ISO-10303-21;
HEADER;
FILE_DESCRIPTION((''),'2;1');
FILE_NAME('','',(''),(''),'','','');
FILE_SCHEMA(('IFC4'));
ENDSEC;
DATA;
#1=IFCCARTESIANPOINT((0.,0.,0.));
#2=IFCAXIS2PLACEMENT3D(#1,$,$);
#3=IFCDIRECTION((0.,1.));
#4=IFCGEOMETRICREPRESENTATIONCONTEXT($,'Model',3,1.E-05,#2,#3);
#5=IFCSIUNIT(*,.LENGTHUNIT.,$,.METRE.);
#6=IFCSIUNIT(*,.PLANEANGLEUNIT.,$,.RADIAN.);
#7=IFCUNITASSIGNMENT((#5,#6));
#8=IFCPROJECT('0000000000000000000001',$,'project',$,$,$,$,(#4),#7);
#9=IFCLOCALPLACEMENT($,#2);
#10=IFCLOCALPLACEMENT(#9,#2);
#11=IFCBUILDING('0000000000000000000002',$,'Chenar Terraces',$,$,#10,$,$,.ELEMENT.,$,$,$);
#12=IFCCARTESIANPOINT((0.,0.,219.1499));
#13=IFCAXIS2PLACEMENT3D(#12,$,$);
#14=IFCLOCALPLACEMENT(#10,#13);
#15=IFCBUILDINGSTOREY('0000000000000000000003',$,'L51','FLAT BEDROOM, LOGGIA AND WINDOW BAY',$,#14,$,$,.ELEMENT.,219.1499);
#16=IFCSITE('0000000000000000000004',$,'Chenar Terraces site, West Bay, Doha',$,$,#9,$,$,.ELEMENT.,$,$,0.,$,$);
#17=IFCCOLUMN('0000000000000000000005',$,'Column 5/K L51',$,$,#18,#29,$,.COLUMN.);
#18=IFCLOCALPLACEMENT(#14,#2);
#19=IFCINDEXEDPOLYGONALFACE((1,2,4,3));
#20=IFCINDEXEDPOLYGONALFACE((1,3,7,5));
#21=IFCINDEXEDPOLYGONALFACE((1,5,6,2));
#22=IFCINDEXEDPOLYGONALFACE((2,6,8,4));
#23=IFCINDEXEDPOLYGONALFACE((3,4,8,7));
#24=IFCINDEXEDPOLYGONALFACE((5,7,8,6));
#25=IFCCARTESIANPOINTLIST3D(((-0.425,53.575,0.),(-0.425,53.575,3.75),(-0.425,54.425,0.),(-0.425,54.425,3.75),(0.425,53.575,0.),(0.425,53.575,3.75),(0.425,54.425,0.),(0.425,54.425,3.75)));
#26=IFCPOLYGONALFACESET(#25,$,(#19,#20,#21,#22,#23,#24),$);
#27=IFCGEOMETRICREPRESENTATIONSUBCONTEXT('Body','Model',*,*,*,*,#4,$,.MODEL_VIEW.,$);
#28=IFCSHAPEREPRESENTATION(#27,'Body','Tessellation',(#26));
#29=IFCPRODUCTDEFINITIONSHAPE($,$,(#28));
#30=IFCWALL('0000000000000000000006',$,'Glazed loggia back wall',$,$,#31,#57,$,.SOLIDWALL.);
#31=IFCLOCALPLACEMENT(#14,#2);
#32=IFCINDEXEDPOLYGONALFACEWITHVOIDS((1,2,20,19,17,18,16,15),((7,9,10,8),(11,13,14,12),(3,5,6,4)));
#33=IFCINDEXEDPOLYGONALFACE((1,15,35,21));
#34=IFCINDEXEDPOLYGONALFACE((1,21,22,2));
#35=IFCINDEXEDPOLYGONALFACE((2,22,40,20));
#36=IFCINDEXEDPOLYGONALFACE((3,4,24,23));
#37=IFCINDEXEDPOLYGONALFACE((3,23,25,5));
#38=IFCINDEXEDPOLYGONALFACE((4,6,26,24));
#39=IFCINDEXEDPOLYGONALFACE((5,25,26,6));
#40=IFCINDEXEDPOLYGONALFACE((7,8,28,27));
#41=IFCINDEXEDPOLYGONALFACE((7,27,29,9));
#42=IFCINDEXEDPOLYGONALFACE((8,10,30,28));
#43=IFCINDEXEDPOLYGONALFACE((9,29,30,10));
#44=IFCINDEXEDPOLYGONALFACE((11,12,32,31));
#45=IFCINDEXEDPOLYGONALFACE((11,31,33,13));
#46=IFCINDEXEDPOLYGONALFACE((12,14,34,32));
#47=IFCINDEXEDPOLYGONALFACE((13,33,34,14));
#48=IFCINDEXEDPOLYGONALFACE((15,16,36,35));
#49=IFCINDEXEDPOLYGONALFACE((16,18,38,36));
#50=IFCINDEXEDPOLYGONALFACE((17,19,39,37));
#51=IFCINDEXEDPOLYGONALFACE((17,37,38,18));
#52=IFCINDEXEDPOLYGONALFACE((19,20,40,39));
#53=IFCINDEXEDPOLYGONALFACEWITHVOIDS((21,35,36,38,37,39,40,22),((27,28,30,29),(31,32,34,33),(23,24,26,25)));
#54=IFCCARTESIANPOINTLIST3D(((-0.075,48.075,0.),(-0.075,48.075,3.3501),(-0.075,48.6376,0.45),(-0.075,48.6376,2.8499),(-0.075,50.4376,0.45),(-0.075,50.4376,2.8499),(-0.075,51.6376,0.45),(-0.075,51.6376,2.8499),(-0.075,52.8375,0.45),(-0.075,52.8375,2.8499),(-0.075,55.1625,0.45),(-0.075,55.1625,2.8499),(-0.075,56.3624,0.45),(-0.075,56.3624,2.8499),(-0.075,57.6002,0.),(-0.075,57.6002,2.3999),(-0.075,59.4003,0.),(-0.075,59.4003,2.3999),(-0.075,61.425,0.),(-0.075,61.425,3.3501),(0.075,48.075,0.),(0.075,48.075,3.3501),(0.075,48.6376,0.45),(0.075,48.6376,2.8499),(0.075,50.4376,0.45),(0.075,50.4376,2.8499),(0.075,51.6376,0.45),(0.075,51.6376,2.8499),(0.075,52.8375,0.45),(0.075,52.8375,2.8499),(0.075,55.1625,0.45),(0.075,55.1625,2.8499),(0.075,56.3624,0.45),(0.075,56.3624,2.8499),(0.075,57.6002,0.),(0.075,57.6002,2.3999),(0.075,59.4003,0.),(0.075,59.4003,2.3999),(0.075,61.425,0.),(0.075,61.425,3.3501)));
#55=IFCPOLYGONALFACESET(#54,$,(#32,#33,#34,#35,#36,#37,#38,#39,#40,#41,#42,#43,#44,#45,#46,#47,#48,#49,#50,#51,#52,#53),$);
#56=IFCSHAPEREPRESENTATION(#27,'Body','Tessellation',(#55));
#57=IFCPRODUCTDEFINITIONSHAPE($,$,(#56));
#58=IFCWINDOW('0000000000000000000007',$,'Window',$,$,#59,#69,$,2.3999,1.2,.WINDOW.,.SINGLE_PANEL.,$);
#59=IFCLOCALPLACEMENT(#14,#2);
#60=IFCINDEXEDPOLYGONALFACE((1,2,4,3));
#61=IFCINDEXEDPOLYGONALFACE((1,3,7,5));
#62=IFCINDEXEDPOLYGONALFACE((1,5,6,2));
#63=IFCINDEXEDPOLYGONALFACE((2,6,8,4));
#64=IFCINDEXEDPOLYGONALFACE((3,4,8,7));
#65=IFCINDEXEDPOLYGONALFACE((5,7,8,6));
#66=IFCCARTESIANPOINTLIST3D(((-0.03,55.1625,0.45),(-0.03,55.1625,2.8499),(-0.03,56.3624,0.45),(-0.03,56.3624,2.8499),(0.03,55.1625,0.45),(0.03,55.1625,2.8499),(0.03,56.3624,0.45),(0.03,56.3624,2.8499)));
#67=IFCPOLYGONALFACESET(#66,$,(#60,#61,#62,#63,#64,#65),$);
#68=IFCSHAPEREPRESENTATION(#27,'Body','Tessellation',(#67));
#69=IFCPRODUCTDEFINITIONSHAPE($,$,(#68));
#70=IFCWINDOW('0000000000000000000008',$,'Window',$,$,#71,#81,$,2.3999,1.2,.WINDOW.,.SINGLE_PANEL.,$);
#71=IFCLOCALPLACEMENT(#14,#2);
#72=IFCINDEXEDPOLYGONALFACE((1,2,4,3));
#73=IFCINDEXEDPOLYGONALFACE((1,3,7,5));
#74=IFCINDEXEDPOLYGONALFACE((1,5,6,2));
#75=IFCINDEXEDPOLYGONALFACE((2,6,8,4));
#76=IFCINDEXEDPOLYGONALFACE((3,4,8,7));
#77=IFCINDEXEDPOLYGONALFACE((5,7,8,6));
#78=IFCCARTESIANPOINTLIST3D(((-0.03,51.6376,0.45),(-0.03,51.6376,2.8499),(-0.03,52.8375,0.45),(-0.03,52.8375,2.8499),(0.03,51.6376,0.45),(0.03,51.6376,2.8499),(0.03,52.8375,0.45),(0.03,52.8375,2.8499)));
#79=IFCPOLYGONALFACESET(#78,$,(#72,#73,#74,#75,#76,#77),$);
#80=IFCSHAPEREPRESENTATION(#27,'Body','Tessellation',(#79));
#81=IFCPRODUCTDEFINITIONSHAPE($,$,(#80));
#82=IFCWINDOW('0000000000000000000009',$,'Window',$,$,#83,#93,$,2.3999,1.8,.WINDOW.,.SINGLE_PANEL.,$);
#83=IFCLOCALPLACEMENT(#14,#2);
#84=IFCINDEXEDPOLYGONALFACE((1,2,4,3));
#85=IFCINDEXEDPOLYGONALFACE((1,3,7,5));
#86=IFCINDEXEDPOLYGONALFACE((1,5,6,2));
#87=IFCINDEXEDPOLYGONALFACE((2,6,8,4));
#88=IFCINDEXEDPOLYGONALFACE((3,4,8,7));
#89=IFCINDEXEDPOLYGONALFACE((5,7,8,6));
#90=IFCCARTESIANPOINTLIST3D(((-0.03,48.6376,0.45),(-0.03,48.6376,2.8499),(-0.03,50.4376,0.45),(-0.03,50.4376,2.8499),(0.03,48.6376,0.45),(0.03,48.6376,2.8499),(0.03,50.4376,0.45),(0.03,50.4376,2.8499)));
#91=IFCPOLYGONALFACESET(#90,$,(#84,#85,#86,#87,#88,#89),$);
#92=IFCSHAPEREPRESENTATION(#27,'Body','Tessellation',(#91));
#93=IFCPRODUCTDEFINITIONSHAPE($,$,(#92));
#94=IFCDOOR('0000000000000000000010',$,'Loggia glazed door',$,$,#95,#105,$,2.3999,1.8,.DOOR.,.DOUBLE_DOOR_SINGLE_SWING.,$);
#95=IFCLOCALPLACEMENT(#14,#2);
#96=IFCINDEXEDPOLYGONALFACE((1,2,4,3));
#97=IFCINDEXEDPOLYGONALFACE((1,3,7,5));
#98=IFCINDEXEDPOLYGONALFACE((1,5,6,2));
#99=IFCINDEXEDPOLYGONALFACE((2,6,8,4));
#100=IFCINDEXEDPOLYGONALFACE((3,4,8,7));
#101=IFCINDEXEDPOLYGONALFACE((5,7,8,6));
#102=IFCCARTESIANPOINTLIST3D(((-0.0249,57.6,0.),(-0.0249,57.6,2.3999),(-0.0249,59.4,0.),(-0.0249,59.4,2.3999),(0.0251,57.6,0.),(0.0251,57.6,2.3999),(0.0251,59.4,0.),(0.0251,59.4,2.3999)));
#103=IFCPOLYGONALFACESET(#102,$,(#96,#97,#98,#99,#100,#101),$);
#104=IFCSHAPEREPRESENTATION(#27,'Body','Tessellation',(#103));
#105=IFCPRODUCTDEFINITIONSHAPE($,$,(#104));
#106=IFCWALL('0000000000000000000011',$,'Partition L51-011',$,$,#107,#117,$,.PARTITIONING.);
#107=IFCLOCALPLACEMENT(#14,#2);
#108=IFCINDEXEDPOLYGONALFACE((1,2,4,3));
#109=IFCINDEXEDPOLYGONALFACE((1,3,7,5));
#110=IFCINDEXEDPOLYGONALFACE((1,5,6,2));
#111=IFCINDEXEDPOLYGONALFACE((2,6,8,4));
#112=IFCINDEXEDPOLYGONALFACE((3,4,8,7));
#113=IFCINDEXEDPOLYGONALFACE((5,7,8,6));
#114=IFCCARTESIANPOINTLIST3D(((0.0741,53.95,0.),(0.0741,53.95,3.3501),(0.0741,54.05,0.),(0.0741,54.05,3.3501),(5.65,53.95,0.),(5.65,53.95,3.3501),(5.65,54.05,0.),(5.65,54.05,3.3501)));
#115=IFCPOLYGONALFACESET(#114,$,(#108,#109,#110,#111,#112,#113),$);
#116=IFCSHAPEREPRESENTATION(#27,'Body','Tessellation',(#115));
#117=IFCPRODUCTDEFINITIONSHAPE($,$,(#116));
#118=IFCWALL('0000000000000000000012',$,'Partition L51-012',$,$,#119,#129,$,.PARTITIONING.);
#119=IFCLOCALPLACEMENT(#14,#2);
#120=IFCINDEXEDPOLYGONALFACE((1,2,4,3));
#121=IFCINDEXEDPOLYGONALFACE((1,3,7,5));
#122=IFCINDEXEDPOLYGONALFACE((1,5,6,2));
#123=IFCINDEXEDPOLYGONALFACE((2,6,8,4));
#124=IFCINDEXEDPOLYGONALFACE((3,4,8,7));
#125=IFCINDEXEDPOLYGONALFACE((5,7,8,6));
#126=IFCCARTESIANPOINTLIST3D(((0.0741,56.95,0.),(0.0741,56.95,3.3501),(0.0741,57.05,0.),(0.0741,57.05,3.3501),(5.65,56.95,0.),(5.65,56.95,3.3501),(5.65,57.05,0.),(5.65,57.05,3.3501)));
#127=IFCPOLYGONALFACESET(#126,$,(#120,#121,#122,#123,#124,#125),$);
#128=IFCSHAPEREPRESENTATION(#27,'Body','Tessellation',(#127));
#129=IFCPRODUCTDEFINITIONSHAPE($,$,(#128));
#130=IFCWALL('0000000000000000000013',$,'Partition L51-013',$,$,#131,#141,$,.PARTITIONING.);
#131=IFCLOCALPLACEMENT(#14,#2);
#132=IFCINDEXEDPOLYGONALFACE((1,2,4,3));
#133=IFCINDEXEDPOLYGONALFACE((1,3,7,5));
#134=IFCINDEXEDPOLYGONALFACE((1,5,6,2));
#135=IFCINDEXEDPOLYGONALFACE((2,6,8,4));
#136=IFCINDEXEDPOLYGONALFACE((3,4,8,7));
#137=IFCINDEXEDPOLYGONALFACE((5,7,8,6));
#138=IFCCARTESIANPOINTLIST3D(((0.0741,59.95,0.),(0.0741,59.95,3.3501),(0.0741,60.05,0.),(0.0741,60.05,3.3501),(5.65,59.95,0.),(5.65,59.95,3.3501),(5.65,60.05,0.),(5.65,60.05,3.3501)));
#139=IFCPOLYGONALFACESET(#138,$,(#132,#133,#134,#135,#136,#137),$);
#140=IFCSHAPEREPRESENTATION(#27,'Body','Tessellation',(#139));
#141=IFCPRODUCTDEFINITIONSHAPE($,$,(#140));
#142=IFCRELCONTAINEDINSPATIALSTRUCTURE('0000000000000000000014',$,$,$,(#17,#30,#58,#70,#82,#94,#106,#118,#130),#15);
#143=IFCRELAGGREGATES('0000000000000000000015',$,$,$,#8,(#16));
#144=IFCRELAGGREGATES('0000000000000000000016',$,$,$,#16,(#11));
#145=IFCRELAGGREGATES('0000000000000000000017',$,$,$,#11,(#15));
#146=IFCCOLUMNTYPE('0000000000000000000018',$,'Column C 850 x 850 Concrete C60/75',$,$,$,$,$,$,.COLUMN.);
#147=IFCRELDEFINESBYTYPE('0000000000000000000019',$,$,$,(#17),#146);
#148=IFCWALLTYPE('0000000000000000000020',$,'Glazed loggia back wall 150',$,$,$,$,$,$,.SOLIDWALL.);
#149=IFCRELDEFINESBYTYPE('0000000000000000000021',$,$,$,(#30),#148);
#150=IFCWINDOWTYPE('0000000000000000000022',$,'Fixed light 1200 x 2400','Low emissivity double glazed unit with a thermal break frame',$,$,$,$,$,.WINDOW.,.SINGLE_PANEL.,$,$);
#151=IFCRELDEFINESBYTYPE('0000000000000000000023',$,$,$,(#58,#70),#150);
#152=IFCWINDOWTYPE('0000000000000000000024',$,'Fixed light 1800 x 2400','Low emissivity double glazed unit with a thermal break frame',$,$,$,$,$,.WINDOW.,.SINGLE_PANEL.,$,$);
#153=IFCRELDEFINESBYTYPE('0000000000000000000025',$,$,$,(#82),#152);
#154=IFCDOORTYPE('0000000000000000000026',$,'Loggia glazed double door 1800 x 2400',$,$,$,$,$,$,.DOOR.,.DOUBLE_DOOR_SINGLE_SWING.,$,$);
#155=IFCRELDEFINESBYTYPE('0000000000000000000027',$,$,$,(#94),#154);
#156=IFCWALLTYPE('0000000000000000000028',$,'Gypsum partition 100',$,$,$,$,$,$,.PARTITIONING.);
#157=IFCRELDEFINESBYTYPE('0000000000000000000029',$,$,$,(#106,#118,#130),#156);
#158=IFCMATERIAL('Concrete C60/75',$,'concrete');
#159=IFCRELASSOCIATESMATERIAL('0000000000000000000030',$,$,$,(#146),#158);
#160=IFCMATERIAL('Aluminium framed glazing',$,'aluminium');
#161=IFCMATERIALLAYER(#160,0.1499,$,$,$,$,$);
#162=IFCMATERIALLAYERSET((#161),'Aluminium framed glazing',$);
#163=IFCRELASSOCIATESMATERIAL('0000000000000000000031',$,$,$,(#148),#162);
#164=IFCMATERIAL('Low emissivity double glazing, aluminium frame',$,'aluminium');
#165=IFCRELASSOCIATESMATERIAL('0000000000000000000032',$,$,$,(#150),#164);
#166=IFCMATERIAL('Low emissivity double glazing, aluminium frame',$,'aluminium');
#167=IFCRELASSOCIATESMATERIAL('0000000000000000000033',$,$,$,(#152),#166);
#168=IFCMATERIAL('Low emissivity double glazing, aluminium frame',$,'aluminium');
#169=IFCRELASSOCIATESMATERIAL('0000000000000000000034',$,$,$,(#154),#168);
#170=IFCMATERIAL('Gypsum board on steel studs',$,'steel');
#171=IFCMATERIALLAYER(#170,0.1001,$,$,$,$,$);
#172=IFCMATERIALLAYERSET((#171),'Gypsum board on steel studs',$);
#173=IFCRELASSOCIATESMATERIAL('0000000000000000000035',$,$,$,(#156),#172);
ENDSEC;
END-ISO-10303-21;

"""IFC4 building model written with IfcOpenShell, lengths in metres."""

from ifc_helpers import new_model, si_unit, direction, frame, frame_2d, origin, origin_2d, place, context, subcontext, project, spatial, rectangle, extrude, material, layer, layer_set, material_profile, profile_set, type_object, element, fill, save


model = new_model("IFC4")

# Units and contexts
model_context = context("Model", 3, precision=1e-05, world=origin(), true_north=direction((0.0, 1.0)))
body_context = subcontext(model_context, "Body", "Model", "MODEL_VIEW")
ifc_project = project(units=[si_unit("LENGTHUNIT", "METRE"), si_unit("PLANEANGLEUNIT", "RADIAN")], contexts=[model_context])

# Site, building, storey
site_placement = place(None, origin())
site = spatial("IfcSite", under=ifc_project, at=site_placement, Name="Chenar Terraces site, West Bay, Doha", CompositionType="ELEMENT", RefElevation=0.0)
building_placement = place(site_placement, origin())
building = spatial("IfcBuilding", under=site, at=building_placement, Name="Chenar Terraces", CompositionType="ELEMENT")
storey_placement = place(building_placement, frame((0.0, 0.0, 219.1499)))
storey = spatial("IfcBuildingStorey", under=building, at=storey_placement, Name="L51", Description="FLAT BEDROOM, LOGGIA AND WINDOW BAY", CompositionType="ELEMENT", Elevation=219.1499)

# Column
ifc_material_1 = material(Name="Concrete C60/75", Category="concrete")
ifc_material_profile_1 = material_profile(ifc_material_1, rectangle(XDim=0.8501, YDim=0.8501, at=origin_2d()), Name="C 850 x 850")
ifc_profile_set_1 = profile_set([ifc_material_profile_1], Name="Concrete C60/75")
column_type = type_object("IfcColumnType", Name="Column C 850 x 850 Concrete C60/75", PredefinedType="COLUMN", material=ifc_profile_set_1)
column_placement = place(storey_placement, frame((0.0, 54.0, 0.0), z_axis=(0.0, 0.0, 1.0), x_axis=(1.0, 0.0, 0.0)))
element("IfcColumn", 1, at=column_placement, inside=storey, type_object=column_type, Name="Column 5/K L51", PredefinedType="COLUMN", context=body_context, shape_type="SweptSolid", body=[
    extrude(rectangle(XDim=0.8501, YDim=0.8501, at=origin_2d()), origin(), (0.0, 0.0, 1.0), 3.75),
])

# Wall, openings, windows, door
ifc_material_2 = material(Name="Aluminium framed glazing", Category="aluminium")
ifc_layer_1 = layer(ifc_material_2, 0.1499)
ifc_layer_set_1 = layer_set([ifc_layer_1], Name="Aluminium framed glazing")
wall_type_1 = type_object("IfcWallType", Name="Glazed loggia back wall 150", PredefinedType="SOLIDWALL", material=ifc_layer_set_1)
wall_1_placement = place(storey_placement, frame((0.0, 61.425, 0.0), z_axis=(0.0, 0.0, 1.0), x_axis=(0.0, -1.0, 0.0)))
wall_1 = element("IfcWall", 2, at=wall_1_placement, inside=storey, type_object=wall_type_1, Name="Glazed loggia back wall", PredefinedType="SOLIDWALL", context=body_context, shape_type="SweptSolid", body=[
    extrude(rectangle(XDim=13.3501, YDim=0.1499, at=frame_2d((6.675, 0.0))), origin(), (0.0, 0.0, 1.0), 3.3501),
])
opening_1_placement = place(wall_1_placement, frame((2.0249, 0.0, 0.0)))
opening_1 = element("IfcOpeningElement", 3, at=opening_1_placement, cuts=wall_1, PredefinedType="OPENING", context=body_context, shape_type="SweptSolid", body=[
    extrude(rectangle(XDim=1.8, YDim=2.3999, at=frame_2d((0.8999, 1.2))), frame((0.0, 0.085, 0.0), z_axis=(0.0, -1.0, 0.0), x_axis=(1.0, 0.0, 0.0)), (0.0, 0.0, 1.0), 0.1699),
])
opening_2_placement = place(wall_1_placement, frame((5.0625, 0.0, 0.45)))
opening_2 = element("IfcOpeningElement", 4, at=opening_2_placement, cuts=wall_1, PredefinedType="OPENING", context=body_context, shape_type="SweptSolid", body=[
    extrude(rectangle(XDim=1.2, YDim=2.3999, at=frame_2d((0.6001, 1.2))), frame((0.0, 0.085, 0.0), z_axis=(0.0, -1.0, 0.0), x_axis=(1.0, 0.0, 0.0)), (0.0, 0.0, 1.0), 0.1699),
])
opening_3_placement = place(wall_1_placement, frame((8.5874, 0.0, 0.45)))
opening_3 = element("IfcOpeningElement", 5, at=opening_3_placement, cuts=wall_1, PredefinedType="OPENING", context=body_context, shape_type="SweptSolid", body=[
    extrude(rectangle(XDim=1.2, YDim=2.3999, at=frame_2d((0.6001, 1.2))), frame((0.0, 0.085, 0.0), z_axis=(0.0, -1.0, 0.0), x_axis=(1.0, 0.0, 0.0)), (0.0, 0.0, 1.0), 0.1699),
])
opening_4_placement = place(wall_1_placement, frame((10.9875, 0.0, 0.45)))
opening_4 = element("IfcOpeningElement", 6, at=opening_4_placement, cuts=wall_1, PredefinedType="OPENING", context=body_context, shape_type="SweptSolid", body=[
    extrude(rectangle(XDim=1.8, YDim=2.3999, at=frame_2d((0.8999, 1.2))), frame((0.0, 0.085, 0.0), z_axis=(0.0, -1.0, 0.0), x_axis=(1.0, 0.0, 0.0)), (0.0, 0.0, 1.0), 0.1699),
])
ifc_material_3 = material(Name="Low emissivity double glazing, aluminium frame", Category="aluminium")
window_type_1 = type_object("IfcWindowType", Name="Fixed light 1200 x 2400", Description="Low emissivity double glazed unit with a thermal break frame", PartitioningType="SINGLE_PANEL", PredefinedType="WINDOW", material=ifc_material_3)
window_1_placement = place(opening_2_placement, origin())
window_1 = element("IfcWindow", 7, at=window_1_placement, inside=storey, type_object=window_type_1, Name="Window", OverallHeight=2.3999, OverallWidth=1.2, PartitioningType="SINGLE_PANEL", PredefinedType="WINDOW", context=body_context, shape_type="SweptSolid", body=[
    extrude(rectangle(XDim=1.2, YDim=2.3999, at=frame_2d((0.6001, 1.2))), frame((0.0, 0.03, 0.0), z_axis=(0.0, -1.0, 0.0), x_axis=(1.0, 0.0, 0.0)), (0.0, 0.0, 1.0), 0.0601),
])
fill(opening_2, window_1)
window_2_placement = place(opening_3_placement, origin())
window_2 = element("IfcWindow", 8, at=window_2_placement, inside=storey, type_object=window_type_1, Name="Window", OverallHeight=2.3999, OverallWidth=1.2, PartitioningType="SINGLE_PANEL", PredefinedType="WINDOW", context=body_context, shape_type="SweptSolid", body=[
    extrude(rectangle(XDim=1.2, YDim=2.3999, at=frame_2d((0.6001, 1.2))), frame((0.0, 0.03, 0.0), z_axis=(0.0, -1.0, 0.0), x_axis=(1.0, 0.0, 0.0)), (0.0, 0.0, 1.0), 0.0601),
])
fill(opening_3, window_2)
ifc_material_4 = material(Name="Low emissivity double glazing, aluminium frame", Category="aluminium")
window_type_2 = type_object("IfcWindowType", Name="Fixed light 1800 x 2400", Description="Low emissivity double glazed unit with a thermal break frame", PartitioningType="SINGLE_PANEL", PredefinedType="WINDOW", material=ifc_material_4)
window_3_placement = place(opening_4_placement, origin())
window_3 = element("IfcWindow", 9, at=window_3_placement, inside=storey, type_object=window_type_2, Name="Window", OverallHeight=2.3999, OverallWidth=1.8, PartitioningType="SINGLE_PANEL", PredefinedType="WINDOW", context=body_context, shape_type="SweptSolid", body=[
    extrude(rectangle(XDim=1.8, YDim=2.3999, at=frame_2d((0.8999, 1.2))), frame((0.0, 0.03, 0.0), z_axis=(0.0, -1.0, 0.0), x_axis=(1.0, 0.0, 0.0)), (0.0, 0.0, 1.0), 0.0601),
])
fill(opening_4, window_3)
ifc_material_5 = material(Name="Low emissivity double glazing, aluminium frame", Category="aluminium")
door_type_1 = type_object("IfcDoorType", Name="Loggia glazed double door 1800 x 2400", OperationType="DOUBLE_DOOR_SINGLE_SWING", PredefinedType="DOOR", material=ifc_material_5)
door_1_placement = place(opening_1_placement, frame((1.8, 0.0, 0.0), z_axis=(0.0, 0.0, 1.0), x_axis=(-1.0, 0.0, 0.0)))
door_1 = element("IfcDoor", 10, at=door_1_placement, inside=storey, type_object=door_type_1, Name="Loggia glazed door", OperationType="DOUBLE_DOOR_SINGLE_SWING", OverallHeight=2.3999, OverallWidth=1.8, PredefinedType="DOOR", context=body_context, shape_type="SweptSolid", body=[
    extrude(rectangle(XDim=1.8, YDim=2.3999, at=frame_2d((0.8999, 1.2))), frame((0.0, 0.0249, 0.0), z_axis=(0.0, -1.0, 0.0), x_axis=(1.0, 0.0, 0.0)), (0.0, 0.0, 1.0), 0.05),
])
fill(opening_1, door_1)

# Walls
ifc_material_6 = material(Name="Gypsum board on steel studs", Category="steel")
ifc_layer_2 = layer(ifc_material_6, 0.1001)
ifc_layer_set_2 = layer_set([ifc_layer_2], Name="Gypsum board on steel studs")
wall_type_2 = type_object("IfcWallType", Name="Gypsum partition 100", PredefinedType="PARTITIONING", material=ifc_layer_set_2)
for number, where, z_axis, x_axis, name in (
    (11, (0.074, 54.0, 0.0), (0.0, 0.0, 1.0), (1.0, 0.0, 0.0), "Partition L51-011"),
    (12, (0.074, 57.0, 0.0), (0.0, 0.0, 1.0), (1.0, 0.0, 0.0), "Partition L51-012"),
    (13, (0.074, 60.0, 0.0), (0.0, 0.0, 1.0), (1.0, 0.0, 0.0), "Partition L51-013"),
):
    element("IfcWall", number, at=place(storey_placement, frame(where, z_axis=z_axis, x_axis=x_axis)), inside=storey, type_object=wall_type_2, Name=name, PredefinedType="PARTITIONING", context=body_context, shape_type="SweptSolid", body=[
        extrude(rectangle(XDim=5.5759, YDim=0.1001, at=frame_2d((2.7881, 0.0))), origin(), (0.0, 0.0, 1.0), 3.3501),
    ])

save(model, "model.ifc")
